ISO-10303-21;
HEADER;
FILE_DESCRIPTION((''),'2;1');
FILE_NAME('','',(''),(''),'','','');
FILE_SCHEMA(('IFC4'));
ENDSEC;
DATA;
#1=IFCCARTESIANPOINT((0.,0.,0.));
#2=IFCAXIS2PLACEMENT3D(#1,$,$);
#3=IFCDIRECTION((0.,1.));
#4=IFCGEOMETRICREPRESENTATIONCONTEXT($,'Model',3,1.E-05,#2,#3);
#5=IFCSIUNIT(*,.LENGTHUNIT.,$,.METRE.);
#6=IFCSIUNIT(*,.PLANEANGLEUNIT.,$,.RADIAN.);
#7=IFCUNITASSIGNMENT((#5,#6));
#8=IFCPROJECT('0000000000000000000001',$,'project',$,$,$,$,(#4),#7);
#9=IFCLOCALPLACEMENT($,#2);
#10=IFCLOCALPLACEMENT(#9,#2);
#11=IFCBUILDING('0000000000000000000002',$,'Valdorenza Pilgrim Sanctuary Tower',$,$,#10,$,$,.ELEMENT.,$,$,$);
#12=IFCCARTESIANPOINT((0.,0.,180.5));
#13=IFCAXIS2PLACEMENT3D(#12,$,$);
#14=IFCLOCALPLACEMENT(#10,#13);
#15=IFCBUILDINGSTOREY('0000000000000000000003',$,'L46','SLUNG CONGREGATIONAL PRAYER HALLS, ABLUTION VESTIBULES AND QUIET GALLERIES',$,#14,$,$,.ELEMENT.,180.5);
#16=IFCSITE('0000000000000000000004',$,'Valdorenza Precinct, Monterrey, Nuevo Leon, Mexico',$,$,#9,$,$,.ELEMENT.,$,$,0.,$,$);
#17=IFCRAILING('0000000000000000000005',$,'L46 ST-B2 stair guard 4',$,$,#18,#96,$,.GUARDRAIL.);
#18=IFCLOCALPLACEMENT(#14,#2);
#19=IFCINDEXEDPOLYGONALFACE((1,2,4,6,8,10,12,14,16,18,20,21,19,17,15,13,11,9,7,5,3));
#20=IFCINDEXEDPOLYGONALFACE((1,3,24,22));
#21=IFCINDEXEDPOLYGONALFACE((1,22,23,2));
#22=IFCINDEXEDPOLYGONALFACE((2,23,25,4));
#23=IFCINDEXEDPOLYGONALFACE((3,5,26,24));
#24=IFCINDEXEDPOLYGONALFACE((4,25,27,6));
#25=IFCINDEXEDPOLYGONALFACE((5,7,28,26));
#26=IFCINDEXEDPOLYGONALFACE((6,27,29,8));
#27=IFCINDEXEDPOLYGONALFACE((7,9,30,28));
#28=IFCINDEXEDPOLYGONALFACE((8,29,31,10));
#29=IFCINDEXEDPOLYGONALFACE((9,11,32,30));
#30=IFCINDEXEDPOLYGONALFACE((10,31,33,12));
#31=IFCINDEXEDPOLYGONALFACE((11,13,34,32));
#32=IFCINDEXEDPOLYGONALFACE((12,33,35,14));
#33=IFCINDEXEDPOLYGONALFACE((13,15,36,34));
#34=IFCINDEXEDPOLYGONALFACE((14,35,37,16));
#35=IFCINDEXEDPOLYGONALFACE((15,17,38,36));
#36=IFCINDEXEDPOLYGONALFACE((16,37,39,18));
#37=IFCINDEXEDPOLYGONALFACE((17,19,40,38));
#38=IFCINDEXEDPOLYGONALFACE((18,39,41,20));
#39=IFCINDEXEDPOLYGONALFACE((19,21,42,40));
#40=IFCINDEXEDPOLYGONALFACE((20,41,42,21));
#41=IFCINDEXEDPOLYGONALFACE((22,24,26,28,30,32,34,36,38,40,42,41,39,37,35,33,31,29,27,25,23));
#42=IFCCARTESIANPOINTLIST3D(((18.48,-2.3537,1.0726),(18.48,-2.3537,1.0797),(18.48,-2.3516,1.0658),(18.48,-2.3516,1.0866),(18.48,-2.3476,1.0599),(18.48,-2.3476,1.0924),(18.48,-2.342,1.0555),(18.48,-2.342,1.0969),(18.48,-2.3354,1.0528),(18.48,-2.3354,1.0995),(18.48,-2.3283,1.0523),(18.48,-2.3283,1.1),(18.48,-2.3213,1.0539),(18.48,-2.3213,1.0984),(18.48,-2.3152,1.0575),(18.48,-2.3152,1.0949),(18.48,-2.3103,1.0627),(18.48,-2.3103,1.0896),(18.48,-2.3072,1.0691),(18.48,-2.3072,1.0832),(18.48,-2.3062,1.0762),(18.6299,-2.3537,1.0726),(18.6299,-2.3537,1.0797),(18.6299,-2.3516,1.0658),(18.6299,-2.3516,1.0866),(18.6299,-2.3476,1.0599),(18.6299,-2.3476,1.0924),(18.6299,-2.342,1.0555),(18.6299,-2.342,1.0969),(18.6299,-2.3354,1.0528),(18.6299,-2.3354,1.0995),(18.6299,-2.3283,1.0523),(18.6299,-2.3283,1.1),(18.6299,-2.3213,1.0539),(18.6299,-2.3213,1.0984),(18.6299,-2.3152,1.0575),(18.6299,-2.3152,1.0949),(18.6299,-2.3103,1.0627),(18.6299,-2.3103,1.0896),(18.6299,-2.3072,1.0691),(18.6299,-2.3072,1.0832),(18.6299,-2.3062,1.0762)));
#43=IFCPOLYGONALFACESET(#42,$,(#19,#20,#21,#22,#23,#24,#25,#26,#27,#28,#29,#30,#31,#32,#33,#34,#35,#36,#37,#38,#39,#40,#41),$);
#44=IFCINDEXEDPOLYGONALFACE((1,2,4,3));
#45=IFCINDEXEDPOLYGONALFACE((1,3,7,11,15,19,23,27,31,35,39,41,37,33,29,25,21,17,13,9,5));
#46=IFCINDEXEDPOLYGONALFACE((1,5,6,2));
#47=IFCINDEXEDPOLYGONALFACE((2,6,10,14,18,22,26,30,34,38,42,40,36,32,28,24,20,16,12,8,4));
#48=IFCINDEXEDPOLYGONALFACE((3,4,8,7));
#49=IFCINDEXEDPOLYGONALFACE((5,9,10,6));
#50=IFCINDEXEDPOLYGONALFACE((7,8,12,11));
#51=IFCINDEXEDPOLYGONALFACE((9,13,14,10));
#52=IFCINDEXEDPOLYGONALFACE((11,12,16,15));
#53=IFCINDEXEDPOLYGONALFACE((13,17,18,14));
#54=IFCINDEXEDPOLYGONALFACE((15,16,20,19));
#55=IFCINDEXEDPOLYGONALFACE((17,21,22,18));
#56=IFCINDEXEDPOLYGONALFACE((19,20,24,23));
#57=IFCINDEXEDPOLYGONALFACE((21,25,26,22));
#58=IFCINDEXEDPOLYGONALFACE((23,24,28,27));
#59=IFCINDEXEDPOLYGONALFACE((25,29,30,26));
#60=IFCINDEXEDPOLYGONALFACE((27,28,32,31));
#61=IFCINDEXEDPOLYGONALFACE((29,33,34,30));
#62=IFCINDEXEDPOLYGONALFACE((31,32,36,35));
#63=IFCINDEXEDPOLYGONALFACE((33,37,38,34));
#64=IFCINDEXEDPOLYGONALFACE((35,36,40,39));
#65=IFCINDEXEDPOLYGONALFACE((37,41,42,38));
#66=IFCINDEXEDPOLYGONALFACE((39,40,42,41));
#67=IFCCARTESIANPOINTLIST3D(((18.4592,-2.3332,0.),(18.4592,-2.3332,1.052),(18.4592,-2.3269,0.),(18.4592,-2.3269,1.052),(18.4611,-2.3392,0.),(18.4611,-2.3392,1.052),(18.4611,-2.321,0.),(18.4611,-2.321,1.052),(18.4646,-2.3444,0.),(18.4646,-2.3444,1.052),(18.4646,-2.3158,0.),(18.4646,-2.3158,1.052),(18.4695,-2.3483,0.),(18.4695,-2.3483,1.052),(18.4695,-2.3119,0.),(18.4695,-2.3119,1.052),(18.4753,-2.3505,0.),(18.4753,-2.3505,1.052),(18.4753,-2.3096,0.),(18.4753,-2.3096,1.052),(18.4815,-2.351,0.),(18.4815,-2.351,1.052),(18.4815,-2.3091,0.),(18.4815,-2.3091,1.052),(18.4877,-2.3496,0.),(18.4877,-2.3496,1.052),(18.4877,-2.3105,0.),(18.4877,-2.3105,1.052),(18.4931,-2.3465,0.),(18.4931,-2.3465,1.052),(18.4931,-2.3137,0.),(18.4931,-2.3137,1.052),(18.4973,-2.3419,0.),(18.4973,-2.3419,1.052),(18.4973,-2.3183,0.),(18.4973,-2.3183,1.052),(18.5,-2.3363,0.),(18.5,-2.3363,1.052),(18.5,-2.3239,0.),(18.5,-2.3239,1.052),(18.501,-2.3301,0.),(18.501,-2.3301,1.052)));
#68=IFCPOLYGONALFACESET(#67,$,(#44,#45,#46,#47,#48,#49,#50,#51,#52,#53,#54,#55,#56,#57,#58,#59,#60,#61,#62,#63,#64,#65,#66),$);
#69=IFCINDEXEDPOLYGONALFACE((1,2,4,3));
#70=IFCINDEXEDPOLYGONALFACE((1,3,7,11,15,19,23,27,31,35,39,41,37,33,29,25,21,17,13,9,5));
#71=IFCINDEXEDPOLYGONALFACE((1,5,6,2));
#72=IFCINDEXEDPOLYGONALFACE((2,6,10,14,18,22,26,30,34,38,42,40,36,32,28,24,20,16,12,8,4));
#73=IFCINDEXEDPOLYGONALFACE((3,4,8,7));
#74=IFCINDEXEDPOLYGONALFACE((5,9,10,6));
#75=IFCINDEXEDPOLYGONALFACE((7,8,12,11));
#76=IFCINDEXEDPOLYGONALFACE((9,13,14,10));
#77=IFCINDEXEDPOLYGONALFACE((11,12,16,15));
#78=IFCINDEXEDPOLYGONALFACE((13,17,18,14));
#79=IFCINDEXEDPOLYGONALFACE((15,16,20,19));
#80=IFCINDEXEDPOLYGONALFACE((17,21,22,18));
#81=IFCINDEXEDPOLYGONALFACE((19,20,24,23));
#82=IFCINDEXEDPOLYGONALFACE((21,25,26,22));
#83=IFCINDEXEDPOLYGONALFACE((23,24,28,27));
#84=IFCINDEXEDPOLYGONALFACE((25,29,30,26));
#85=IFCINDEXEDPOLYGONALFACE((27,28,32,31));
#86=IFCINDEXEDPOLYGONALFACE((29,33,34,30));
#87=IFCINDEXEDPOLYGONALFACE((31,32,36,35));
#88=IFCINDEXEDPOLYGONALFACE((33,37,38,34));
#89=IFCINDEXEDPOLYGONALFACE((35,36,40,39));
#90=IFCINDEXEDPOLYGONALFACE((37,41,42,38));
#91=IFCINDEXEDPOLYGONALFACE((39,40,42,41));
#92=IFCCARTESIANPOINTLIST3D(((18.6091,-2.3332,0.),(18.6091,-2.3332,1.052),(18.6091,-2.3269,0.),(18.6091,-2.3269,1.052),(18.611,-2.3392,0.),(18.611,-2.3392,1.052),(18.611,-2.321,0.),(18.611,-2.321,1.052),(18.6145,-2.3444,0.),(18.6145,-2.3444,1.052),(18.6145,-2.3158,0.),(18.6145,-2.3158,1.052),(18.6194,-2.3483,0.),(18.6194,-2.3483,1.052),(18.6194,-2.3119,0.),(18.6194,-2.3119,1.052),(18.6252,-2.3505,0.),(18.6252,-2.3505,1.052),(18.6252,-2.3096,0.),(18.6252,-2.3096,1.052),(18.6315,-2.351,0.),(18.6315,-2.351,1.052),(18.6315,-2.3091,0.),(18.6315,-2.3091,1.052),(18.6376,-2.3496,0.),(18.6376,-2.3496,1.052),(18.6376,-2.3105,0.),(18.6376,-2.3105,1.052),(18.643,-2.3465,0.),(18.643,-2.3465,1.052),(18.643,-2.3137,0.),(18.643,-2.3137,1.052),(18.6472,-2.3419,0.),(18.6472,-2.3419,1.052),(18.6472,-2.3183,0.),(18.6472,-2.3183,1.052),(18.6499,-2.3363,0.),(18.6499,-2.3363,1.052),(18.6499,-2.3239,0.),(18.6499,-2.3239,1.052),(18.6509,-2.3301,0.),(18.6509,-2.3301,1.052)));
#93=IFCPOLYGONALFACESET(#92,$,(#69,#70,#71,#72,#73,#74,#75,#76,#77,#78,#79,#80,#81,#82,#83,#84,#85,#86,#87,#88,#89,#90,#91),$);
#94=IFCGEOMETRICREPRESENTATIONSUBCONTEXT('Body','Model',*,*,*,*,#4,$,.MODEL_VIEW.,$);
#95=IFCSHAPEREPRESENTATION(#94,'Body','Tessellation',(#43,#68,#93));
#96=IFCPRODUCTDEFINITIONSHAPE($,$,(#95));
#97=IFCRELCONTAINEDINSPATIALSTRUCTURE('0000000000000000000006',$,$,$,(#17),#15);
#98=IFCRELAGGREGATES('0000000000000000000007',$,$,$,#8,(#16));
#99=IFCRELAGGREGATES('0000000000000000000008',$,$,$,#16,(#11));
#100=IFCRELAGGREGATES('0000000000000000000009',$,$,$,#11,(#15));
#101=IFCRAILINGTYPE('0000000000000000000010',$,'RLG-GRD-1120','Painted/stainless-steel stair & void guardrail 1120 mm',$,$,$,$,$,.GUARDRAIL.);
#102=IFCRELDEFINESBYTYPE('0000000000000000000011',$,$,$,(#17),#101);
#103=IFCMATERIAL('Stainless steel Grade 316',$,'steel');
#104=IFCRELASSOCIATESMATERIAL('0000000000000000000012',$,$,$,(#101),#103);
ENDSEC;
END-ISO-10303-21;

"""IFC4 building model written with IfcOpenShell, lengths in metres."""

from ifc_helpers import new_model, si_unit, direction, frame, origin, origin_2d, place, context, subcontext, project, spatial, circle, extrude, material, type_object, element, save


model = new_model("IFC4")

# Units and contexts
model_context = context("Model", 3, precision=1e-05, world=origin(), true_north=direction((0.0, 1.0)))
body_context = subcontext(model_context, "Body", "Model", "MODEL_VIEW")
ifc_project = project(units=[si_unit("LENGTHUNIT", "METRE"), si_unit("PLANEANGLEUNIT", "RADIAN")], contexts=[model_context])

# Site, building, storey
site_placement = place(None, origin())
site = spatial("IfcSite", under=ifc_project, at=site_placement, Name="Valdorenza Precinct, Monterrey, Nuevo Leon, Mexico", CompositionType="ELEMENT", RefElevation=0.0)
building_placement = place(site_placement, origin())
building = spatial("IfcBuilding", under=site, at=building_placement, Name="Valdorenza Pilgrim Sanctuary Tower", CompositionType="ELEMENT")
storey_placement = place(building_placement, frame((0.0, 0.0, 180.5)))
storey = spatial("IfcBuildingStorey", under=building, at=storey_placement, Name="L46", Description="SLUNG CONGREGATIONAL PRAYER HALLS, ABLUTION VESTIBULES AND QUIET GALLERIES", CompositionType="ELEMENT", Elevation=180.5)

# Railing
ifc_material_1 = material(Name="Stainless steel Grade 316", Category="steel")
railing_type_1 = type_object("IfcRailingType", Name="RLG-GRD-1120", Description="Painted/stainless-steel stair & void guardrail 1120 mm", PredefinedType="GUARDRAIL", material=ifc_material_1)
railing_1_placement = place(storey_placement, frame((18.48, -2.3301, 0.0)))
element("IfcRailing", 1, at=railing_1_placement, inside=storey, type_object=railing_type_1, Name="L46 ST-B2 stair guard 4", PredefinedType="GUARDRAIL", context=body_context, shape_type="SweptSolid", body=[
    extrude(circle(Radius=0.0239, at=origin_2d()), frame((0.0, 0.0, 1.0762), z_axis=(1.0, 0.0, 0.0), x_axis=(0.0, 1.0, 0.0)), (0.0, 0.0, 1.0), 0.1499),
    extrude(circle(Radius=0.021, at=origin_2d()), origin(), (0.0, 0.0, 1.0), 1.052),
    extrude(circle(Radius=0.021, at=origin_2d()), frame((0.1499, 0.0, 0.0)), (0.0, 0.0, 1.0), 1.052),
])

save(model, "model.ifc")
